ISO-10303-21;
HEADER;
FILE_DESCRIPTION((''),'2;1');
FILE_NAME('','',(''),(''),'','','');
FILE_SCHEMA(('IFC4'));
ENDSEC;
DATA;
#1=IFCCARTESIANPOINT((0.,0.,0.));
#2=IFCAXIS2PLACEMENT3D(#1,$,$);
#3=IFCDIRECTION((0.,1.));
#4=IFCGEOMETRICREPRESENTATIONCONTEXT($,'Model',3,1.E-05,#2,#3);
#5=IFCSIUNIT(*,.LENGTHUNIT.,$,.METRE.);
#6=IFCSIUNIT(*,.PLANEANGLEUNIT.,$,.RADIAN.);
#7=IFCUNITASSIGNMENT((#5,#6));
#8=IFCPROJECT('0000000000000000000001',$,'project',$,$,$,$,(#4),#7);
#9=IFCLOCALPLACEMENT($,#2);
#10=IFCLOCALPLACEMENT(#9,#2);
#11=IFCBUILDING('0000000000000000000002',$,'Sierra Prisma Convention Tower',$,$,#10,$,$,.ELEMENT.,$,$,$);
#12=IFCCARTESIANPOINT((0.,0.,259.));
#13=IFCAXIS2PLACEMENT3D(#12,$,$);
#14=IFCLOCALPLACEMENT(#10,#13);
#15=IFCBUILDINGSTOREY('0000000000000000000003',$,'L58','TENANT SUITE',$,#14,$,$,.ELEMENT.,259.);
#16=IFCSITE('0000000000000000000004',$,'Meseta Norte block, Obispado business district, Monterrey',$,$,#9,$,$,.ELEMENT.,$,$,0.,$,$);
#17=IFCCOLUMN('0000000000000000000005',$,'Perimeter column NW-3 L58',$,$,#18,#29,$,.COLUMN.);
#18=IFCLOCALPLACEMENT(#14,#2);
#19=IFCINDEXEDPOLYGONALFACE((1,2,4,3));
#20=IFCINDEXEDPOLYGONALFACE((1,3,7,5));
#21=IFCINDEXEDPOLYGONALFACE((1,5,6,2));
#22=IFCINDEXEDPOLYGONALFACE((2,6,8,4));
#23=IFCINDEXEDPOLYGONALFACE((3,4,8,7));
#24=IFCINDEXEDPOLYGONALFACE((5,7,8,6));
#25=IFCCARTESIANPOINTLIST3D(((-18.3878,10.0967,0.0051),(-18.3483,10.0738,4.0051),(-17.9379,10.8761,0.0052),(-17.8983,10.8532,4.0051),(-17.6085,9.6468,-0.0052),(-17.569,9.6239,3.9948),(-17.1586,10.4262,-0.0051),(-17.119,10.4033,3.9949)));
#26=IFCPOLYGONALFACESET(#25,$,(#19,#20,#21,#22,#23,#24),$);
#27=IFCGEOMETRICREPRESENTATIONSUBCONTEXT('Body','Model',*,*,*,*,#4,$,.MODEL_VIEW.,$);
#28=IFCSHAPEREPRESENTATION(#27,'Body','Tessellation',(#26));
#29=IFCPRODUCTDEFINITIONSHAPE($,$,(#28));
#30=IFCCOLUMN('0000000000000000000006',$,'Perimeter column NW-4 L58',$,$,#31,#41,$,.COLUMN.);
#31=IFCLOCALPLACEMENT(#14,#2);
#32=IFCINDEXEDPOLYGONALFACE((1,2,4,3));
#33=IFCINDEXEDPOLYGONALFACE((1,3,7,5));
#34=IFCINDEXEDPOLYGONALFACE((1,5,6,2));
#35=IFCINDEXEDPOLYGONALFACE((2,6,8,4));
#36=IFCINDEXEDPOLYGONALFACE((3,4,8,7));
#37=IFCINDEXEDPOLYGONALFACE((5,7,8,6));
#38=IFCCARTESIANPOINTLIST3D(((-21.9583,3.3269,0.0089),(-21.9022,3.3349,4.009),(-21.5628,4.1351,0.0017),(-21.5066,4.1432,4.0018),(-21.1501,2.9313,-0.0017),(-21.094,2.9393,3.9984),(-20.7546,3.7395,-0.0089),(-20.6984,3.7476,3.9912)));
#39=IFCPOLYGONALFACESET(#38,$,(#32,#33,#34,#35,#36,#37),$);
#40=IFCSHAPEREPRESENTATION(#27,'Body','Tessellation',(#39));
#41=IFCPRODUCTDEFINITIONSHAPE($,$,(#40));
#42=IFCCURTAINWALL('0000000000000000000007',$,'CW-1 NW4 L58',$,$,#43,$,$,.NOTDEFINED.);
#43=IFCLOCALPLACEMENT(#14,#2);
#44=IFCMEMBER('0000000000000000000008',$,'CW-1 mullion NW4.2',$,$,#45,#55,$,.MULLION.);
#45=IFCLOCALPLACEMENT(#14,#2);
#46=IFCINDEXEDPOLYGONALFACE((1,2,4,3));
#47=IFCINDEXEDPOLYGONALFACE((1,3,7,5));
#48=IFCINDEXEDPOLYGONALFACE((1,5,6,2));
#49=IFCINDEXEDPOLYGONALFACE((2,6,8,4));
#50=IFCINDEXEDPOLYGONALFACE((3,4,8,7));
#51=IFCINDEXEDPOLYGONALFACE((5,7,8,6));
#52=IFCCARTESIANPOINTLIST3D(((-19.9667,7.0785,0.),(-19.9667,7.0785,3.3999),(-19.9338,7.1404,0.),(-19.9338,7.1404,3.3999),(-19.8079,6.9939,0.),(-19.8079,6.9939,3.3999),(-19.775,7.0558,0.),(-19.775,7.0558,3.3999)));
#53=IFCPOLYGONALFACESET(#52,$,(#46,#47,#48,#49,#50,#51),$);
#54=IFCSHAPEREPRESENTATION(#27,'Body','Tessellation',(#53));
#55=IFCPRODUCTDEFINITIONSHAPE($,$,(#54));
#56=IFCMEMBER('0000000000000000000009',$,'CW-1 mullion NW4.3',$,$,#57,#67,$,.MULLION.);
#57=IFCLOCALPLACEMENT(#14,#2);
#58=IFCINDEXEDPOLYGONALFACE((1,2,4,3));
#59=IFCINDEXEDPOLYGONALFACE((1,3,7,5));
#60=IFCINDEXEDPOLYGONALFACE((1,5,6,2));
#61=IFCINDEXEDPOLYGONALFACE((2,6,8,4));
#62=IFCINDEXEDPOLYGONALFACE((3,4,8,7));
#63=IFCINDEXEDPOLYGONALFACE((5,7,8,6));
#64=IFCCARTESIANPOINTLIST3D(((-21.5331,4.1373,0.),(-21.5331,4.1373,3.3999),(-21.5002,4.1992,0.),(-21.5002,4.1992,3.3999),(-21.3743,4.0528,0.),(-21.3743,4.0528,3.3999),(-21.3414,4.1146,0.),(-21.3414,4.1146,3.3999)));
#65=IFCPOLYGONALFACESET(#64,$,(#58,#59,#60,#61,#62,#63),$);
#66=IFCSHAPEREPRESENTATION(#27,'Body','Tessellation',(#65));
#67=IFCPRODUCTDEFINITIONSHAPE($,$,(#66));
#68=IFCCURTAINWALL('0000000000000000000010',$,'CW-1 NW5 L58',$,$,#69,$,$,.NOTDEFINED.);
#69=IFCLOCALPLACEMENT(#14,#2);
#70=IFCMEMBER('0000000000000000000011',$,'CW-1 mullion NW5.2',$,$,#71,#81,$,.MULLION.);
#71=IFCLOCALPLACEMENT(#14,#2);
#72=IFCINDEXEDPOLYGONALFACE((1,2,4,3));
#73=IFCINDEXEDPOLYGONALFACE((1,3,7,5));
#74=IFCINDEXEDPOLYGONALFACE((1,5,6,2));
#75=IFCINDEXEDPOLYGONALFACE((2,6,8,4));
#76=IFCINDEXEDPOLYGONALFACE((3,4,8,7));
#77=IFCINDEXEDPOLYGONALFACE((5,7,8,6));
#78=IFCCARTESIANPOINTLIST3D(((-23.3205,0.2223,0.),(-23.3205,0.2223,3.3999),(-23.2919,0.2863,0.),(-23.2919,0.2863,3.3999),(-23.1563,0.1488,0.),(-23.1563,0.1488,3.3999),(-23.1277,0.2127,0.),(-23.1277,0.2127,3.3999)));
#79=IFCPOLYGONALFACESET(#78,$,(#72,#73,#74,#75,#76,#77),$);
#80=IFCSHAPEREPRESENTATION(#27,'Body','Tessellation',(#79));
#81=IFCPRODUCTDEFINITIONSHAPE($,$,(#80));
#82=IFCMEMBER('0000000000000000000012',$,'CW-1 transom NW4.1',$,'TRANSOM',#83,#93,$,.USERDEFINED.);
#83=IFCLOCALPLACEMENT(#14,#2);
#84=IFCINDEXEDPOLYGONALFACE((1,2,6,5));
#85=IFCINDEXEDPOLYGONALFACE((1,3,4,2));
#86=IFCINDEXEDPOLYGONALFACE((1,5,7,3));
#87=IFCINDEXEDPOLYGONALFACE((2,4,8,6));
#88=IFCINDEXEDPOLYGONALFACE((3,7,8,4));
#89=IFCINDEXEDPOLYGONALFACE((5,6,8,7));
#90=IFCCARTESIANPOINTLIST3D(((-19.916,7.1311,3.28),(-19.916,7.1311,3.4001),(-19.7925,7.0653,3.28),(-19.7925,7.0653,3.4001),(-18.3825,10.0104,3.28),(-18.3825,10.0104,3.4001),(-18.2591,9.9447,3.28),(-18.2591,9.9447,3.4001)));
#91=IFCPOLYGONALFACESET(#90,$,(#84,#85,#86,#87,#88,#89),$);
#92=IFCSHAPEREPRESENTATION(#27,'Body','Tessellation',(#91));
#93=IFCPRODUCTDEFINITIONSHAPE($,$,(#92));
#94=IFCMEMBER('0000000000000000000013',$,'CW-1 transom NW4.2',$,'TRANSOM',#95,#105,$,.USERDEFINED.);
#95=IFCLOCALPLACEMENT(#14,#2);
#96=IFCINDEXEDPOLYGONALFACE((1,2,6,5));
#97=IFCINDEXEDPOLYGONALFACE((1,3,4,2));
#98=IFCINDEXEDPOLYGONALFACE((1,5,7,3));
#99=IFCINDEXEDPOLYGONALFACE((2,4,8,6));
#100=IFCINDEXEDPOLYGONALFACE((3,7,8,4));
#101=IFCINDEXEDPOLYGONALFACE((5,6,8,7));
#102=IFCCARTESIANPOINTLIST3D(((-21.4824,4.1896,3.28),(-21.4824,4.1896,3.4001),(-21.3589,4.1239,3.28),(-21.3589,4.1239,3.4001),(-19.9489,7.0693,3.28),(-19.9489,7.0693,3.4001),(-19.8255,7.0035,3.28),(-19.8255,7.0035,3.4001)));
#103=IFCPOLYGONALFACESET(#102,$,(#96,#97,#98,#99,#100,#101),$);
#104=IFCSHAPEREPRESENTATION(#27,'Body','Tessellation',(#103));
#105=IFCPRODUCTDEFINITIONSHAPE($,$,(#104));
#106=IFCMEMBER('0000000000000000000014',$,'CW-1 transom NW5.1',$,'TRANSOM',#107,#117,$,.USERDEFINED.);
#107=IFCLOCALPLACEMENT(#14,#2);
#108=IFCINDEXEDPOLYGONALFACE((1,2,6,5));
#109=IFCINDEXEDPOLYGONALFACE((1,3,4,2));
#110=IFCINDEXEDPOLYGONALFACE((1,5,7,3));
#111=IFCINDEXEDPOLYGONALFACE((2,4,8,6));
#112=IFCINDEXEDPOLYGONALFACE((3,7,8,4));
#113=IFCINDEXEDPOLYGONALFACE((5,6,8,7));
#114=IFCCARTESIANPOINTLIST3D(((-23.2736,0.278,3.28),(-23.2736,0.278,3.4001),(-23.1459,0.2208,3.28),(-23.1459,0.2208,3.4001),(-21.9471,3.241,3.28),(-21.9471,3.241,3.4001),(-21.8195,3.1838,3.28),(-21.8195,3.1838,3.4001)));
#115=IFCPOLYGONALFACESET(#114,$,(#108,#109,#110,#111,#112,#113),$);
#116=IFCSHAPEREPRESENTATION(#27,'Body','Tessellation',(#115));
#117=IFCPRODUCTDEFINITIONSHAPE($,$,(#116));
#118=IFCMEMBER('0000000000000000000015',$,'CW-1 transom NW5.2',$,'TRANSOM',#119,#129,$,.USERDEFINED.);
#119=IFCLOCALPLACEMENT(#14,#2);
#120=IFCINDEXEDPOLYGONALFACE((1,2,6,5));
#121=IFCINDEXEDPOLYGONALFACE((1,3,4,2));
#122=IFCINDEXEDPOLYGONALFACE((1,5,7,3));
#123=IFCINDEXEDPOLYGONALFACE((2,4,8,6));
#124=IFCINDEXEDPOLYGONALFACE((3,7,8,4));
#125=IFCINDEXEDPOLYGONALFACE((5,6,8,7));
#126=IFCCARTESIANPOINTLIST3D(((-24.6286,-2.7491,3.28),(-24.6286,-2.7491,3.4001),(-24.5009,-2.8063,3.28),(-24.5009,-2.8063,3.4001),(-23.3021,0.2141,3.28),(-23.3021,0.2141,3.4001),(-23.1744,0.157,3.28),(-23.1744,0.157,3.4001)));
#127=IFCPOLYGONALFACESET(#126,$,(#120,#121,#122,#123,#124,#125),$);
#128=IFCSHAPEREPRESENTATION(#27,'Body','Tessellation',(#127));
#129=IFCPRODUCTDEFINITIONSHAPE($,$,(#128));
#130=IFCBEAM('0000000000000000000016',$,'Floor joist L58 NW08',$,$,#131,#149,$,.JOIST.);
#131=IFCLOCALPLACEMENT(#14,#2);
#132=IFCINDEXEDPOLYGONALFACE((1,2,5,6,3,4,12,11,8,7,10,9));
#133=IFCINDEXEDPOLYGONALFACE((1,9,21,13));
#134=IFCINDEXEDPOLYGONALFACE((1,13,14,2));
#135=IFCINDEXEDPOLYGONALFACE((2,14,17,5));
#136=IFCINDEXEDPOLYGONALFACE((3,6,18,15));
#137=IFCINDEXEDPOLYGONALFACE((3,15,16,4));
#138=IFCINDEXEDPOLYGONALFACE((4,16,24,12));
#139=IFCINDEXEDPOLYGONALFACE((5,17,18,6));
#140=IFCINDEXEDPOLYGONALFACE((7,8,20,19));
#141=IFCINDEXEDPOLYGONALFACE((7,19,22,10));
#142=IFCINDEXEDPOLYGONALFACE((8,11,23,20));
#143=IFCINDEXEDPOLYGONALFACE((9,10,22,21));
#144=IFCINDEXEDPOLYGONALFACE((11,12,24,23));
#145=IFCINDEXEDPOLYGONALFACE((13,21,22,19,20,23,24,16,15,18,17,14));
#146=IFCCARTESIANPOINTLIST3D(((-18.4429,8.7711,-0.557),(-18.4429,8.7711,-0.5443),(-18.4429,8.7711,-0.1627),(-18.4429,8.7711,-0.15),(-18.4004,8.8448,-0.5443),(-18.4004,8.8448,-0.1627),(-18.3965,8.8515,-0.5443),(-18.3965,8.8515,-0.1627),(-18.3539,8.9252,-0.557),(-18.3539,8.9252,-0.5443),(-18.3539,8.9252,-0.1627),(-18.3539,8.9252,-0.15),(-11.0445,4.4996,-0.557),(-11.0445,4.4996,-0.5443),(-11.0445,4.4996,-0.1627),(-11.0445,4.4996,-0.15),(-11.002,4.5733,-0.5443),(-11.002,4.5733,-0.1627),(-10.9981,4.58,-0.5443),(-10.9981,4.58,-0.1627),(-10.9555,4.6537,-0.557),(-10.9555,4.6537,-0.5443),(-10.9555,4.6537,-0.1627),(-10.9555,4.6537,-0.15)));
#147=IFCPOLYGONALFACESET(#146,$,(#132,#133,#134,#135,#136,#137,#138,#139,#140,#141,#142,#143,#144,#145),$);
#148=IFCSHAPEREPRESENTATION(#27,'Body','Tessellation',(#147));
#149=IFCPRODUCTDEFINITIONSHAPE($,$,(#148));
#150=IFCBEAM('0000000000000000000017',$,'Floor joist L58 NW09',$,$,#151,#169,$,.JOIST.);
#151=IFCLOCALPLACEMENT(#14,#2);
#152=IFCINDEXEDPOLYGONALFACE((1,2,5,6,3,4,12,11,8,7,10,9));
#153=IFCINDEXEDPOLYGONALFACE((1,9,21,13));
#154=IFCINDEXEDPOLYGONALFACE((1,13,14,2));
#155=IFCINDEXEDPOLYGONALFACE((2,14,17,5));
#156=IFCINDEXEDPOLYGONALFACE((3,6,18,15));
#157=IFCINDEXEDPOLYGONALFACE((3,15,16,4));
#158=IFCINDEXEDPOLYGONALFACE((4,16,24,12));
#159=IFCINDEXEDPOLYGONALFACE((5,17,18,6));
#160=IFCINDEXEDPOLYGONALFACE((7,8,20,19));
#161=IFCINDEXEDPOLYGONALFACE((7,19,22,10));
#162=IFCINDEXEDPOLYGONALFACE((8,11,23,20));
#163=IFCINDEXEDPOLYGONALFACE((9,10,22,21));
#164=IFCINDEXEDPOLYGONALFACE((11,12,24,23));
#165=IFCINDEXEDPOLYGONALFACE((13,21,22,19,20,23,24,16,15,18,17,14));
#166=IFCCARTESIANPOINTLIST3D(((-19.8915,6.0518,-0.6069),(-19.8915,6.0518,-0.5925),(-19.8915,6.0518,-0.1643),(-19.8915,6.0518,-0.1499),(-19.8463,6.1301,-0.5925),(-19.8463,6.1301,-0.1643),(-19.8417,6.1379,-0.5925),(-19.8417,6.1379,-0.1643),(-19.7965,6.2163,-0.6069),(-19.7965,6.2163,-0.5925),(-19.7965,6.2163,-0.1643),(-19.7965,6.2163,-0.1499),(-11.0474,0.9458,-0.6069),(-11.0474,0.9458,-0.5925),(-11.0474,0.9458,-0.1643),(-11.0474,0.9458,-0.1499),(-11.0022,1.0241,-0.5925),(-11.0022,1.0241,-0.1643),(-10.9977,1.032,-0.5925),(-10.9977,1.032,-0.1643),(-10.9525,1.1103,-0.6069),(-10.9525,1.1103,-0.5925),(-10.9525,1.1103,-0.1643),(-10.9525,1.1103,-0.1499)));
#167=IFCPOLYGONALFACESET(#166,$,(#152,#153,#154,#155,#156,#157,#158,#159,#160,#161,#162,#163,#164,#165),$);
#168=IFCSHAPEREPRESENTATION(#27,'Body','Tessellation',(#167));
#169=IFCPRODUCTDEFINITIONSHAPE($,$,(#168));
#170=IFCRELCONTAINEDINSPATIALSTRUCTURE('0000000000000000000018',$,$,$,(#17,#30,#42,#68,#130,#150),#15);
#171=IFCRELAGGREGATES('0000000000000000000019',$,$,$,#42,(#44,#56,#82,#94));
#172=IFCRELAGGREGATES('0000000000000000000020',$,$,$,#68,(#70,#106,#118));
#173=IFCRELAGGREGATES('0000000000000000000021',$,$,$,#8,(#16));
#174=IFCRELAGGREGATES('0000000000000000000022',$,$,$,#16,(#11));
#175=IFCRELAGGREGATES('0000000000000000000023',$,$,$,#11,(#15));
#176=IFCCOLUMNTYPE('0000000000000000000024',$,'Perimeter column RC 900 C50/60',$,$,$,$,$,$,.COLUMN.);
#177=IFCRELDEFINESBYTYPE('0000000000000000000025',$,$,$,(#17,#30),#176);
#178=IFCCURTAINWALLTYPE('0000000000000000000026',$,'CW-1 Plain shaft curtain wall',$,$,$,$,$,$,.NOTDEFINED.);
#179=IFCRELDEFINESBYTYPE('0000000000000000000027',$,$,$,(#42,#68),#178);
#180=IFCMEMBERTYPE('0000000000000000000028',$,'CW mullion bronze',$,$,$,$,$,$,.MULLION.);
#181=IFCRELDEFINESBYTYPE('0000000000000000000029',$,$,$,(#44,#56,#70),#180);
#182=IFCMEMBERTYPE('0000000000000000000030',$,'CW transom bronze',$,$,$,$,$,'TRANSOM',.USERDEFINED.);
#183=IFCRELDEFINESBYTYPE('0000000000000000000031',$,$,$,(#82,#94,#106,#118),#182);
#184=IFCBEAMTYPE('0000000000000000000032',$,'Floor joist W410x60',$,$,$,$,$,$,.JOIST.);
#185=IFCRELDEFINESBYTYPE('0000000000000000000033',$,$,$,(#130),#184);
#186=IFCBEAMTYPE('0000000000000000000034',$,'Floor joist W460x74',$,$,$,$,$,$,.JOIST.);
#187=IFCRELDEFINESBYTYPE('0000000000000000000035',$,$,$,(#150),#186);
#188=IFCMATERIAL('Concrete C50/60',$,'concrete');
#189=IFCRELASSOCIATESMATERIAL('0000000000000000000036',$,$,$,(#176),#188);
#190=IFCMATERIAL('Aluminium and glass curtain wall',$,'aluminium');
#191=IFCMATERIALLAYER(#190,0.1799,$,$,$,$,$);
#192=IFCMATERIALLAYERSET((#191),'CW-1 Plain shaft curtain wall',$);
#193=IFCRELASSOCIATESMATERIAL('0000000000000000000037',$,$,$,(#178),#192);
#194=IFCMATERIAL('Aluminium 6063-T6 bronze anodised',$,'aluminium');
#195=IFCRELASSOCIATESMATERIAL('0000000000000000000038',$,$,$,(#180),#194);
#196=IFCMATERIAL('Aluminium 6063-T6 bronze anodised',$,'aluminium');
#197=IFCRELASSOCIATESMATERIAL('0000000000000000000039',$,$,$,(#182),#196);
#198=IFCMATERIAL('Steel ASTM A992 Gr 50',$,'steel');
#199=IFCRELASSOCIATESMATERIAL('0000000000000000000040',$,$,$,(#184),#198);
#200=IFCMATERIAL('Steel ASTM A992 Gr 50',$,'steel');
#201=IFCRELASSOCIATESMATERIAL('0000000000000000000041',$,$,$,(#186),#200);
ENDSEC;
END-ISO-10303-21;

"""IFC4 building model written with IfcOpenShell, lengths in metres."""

from ifc_helpers import new_model, si_unit, direction, frame, origin, origin_2d, place, context, subcontext, project, spatial, rectangle, i_section, extrude, material, layer, layer_set, material_profile, profile_set, type_object, element, aggregate, save


model = new_model("IFC4")

# Units and contexts
model_context = context("Model", 3, precision=1e-05, world=origin(), true_north=direction((0.0, 1.0)))
body_context = subcontext(model_context, "Body", "Model", "MODEL_VIEW")
ifc_project = project(units=[si_unit("LENGTHUNIT", "METRE"), si_unit("PLANEANGLEUNIT", "RADIAN")], contexts=[model_context])

# Site, building, storey
site_placement = place(None, origin())
site = spatial("IfcSite", under=ifc_project, at=site_placement, Name="Meseta Norte block, Obispado business district, Monterrey", CompositionType="ELEMENT", RefElevation=0.0)
building_placement = place(site_placement, origin())
building = spatial("IfcBuilding", under=site, at=building_placement, Name="Sierra Prisma Convention Tower", CompositionType="ELEMENT")
storey_placement = place(building_placement, frame((0.0, 0.0, 259.0)))
storey = spatial("IfcBuildingStorey", under=building, at=storey_placement, Name="L58", Description="TENANT SUITE", CompositionType="ELEMENT", Elevation=259.0)

# Columns
ifc_material_1 = material(Name="Concrete C50/60", Category="concrete")
ifc_material_profile_1 = material_profile(ifc_material_1, rectangle(XDim=0.8999, YDim=0.8999, at=origin_2d()), Name="Perimeter column RC 900 C50/60")
ifc_profile_set_1 = profile_set([ifc_material_profile_1], Name="Concrete C50/60")
column_type = type_object("IfcColumnType", Name="Perimeter column RC 900 C50/60", PredefinedType="COLUMN", material=ifc_profile_set_1)
column_1_placement = place(storey_placement, frame((-17.7732, 10.2615, 0.0), z_axis=(0.009887, -0.005737, 0.999935), x_axis=(0.499976, 0.86604, 0.000025)))
element("IfcColumn", 1, at=column_1_placement, inside=storey, type_object=column_type, Name="Perimeter column NW-3 L58", PredefinedType="COLUMN", context=body_context, shape_type="SweptSolid", body=[
    extrude(rectangle(XDim=0.8999, YDim=0.8999, at=origin_2d()), origin(), (0.0, 0.0, 1.0), 4.0002),
])
column_2_placement = place(storey_placement, frame((-21.3564, 3.5332, 0.0), z_axis=(0.014037, 0.002014, 0.999899), x_axis=(0.439532, 0.898191, -0.007979)))
element("IfcColumn", 2, at=column_2_placement, inside=storey, type_object=column_type, Name="Perimeter column NW-4 L58", PredefinedType="COLUMN", context=body_context, shape_type="SweptSolid", body=[
    extrude(rectangle(XDim=0.8999, YDim=0.8999, at=origin_2d()), origin(), (0.0, 0.0, 1.0), 4.0005),
])

# Curtain wall, members
ifc_material_2 = material(Name="Aluminium and glass curtain wall", Category="aluminium")
ifc_layer_1 = layer(ifc_material_2, 0.1799)
ifc_layer_set_1 = layer_set([ifc_layer_1], Name="CW-1 Plain shaft curtain wall")
curtain_wall_type = type_object("IfcCurtainWallType", Name="CW-1 Plain shaft curtain wall", PredefinedType="NOTDEFINED", material=ifc_layer_set_1)
curtain_wall_1_placement = place(storey_placement, origin())
curtain_wall_1 = element("IfcCurtainWall", 3, at=curtain_wall_1_placement, inside=storey, type_object=curtain_wall_type, Name="CW-1 NW4 L58", PredefinedType="NOTDEFINED")
ifc_material_3 = material(Name="Aluminium 6063-T6 bronze anodised", Category="aluminium")
ifc_material_profile_2 = material_profile(ifc_material_3, rectangle(XDim=0.1799, YDim=0.0701, at=origin_2d()), Name="ALU MULLION 70x180")
ifc_profile_set_2 = profile_set([ifc_material_profile_2], Name="Aluminium 6063-T6 bronze anodised")
member_type_1 = type_object("IfcMemberType", Name="CW mullion bronze", PredefinedType="MULLION", material=ifc_profile_set_2)
member_1_placement = place(storey_placement, frame((-19.8708, 7.0671, 0.0), z_axis=(0.0, 0.0, 1.0), x_axis=(0.882633, -0.470063, 0.0)))
member_1 = element("IfcMember", 4, at=member_1_placement, type_object=member_type_1, Name="CW-1 mullion NW4.2", PredefinedType="MULLION", context=body_context, shape_type="SweptSolid", body=[
    extrude(rectangle(XDim=0.1799, YDim=0.0701, at=origin_2d()), origin(), (0.0, 0.0, 1.0), 3.3999),
])
member_2_placement = place(storey_placement, frame((-21.4373, 4.126, 0.0), z_axis=(0.0, 0.0, 1.0), x_axis=(0.882633, -0.470063, 0.0)))
member_2 = element("IfcMember", 5, at=member_2_placement, type_object=member_type_1, Name="CW-1 mullion NW4.3", PredefinedType="MULLION", context=body_context, shape_type="SweptSolid", body=[
    extrude(rectangle(XDim=0.1799, YDim=0.0701, at=origin_2d()), origin(), (0.0, 0.0, 1.0), 3.3999),
])

# Curtain wall, member
curtain_wall_2_placement = place(storey_placement, origin())
curtain_wall_2 = element("IfcCurtainWall", 6, at=curtain_wall_2_placement, inside=storey, type_object=curtain_wall_type, Name="CW-1 NW5 L58", PredefinedType="NOTDEFINED")
member_3_placement = place(storey_placement, frame((-23.2241, 0.2175, 0.0), z_axis=(0.0, 0.0, 1.0), x_axis=(0.912726, -0.408572, 0.0)))
member_3 = element("IfcMember", 7, at=member_3_placement, type_object=member_type_1, Name="CW-1 mullion NW5.2", PredefinedType="MULLION", context=body_context, shape_type="SweptSolid", body=[
    extrude(rectangle(XDim=0.1799, YDim=0.0701, at=origin_2d()), origin(), (0.0, 0.0, 1.0), 3.3999),
])

# Members
ifc_material_4 = material(Name="Aluminium 6063-T6 bronze anodised", Category="aluminium")
ifc_material_profile_3 = material_profile(ifc_material_4, rectangle(XDim=0.1399, YDim=0.1201, at=origin_2d()), Name="ALU TRANSOM 120x140")
ifc_profile_set_3 = profile_set([ifc_material_profile_3], Name="Aluminium 6063-T6 bronze anodised")
member_type_2 = type_object("IfcMemberType", Name="CW transom bronze", ElementType="TRANSOM", PredefinedType="USERDEFINED", material=ifc_profile_set_3)
member_4_placement = place(storey_placement, frame((-18.3208, 9.9775, 3.3401), z_axis=(-0.470056, -0.882637, 0.0), x_axis=(0.882637, -0.470056, 0.0)))
member_4 = element("IfcMember", 8, at=member_4_placement, type_object=member_type_2, Name="CW-1 transom NW4.1", ObjectType="TRANSOM", PredefinedType="USERDEFINED", context=body_context, shape_type="SweptSolid", body=[
    extrude(rectangle(XDim=0.1399, YDim=0.1201, at=origin_2d()), origin(), (0.0, 0.0, 1.0), 3.2622),
])
member_5_placement = place(storey_placement, frame((-19.8872, 7.0364, 3.3401), z_axis=(-0.470025, -0.882653, 0.0), x_axis=(0.882653, -0.470025, 0.0)))
member_5 = element("IfcMember", 9, at=member_5_placement, type_object=member_type_2, Name="CW-1 transom NW4.2", ObjectType="TRANSOM", PredefinedType="USERDEFINED", context=body_context, shape_type="SweptSolid", body=[
    extrude(rectangle(XDim=0.1399, YDim=0.1201, at=origin_2d()), origin(), (0.0, 0.0, 1.0), 3.2625),
])
member_6_placement = place(storey_placement, frame((-21.8833, 3.2124, 3.3401), z_axis=(-0.4086, -0.912713, 0.0), x_axis=(0.912713, -0.4086, 0.0)))
member_6 = element("IfcMember", 10, at=member_6_placement, type_object=member_type_2, Name="CW-1 transom NW5.1", ObjectType="TRANSOM", PredefinedType="USERDEFINED", context=body_context, shape_type="SweptSolid", body=[
    extrude(rectangle(XDim=0.1399, YDim=0.1201, at=origin_2d()), origin(), (0.0, 0.0, 1.0), 3.2463),
])
member_7_placement = place(storey_placement, frame((-23.2383, 0.1855, 3.3401), z_axis=(-0.408572, -0.912726, 0.0), x_axis=(0.912726, -0.408572, 0.0)))
member_7 = element("IfcMember", 11, at=member_7_placement, type_object=member_type_2, Name="CW-1 transom NW5.2", ObjectType="TRANSOM", PredefinedType="USERDEFINED", context=body_context, shape_type="SweptSolid", body=[
    extrude(rectangle(XDim=0.1399, YDim=0.1201, at=origin_2d()), origin(), (0.0, 0.0, 1.0), 3.2466),
])

# Beams
ifc_material_5 = material(Name="Steel ASTM A992 Gr 50", Category="steel")
ifc_material_profile_4 = material_profile(ifc_material_5, i_section(OverallWidth=0.178, OverallDepth=0.407, WebThickness=0.0078, FlangeThickness=0.0127, at=origin_2d()), Name="W410x60")
ifc_profile_set_4 = profile_set([ifc_material_profile_4], Name="Steel ASTM A992 Gr 50")
beam_type_1 = type_object("IfcBeamType", Name="Floor joist W410x60", PredefinedType="JOIST", material=ifc_profile_set_4)
beam_1_placement = place(storey_placement, frame((-18.3984, 8.8481, -0.3535), z_axis=(0.866026, -0.5, 0.0), x_axis=(0.5, 0.866026, 0.0)))
element("IfcBeam", 12, at=beam_1_placement, inside=storey, type_object=beam_type_1, Name="Floor joist L58 NW08", PredefinedType="JOIST", context=body_context, shape_type="SweptSolid", body=[
    extrude(i_section(OverallWidth=0.178, OverallDepth=0.407, WebThickness=0.0078, FlangeThickness=0.0127, at=origin_2d()), origin(), (0.0, 0.0, 1.0), 8.543),
])
ifc_material_6 = material(Name="Steel ASTM A992 Gr 50", Category="steel")
ifc_material_profile_5 = material_profile(ifc_material_6, i_section(OverallWidth=0.1899, OverallDepth=0.457, WebThickness=0.009, FlangeThickness=0.0144, at=origin_2d()), Name="W460x74")
ifc_profile_set_5 = profile_set([ifc_material_profile_5], Name="Steel ASTM A992 Gr 50")
beam_type_2 = type_object("IfcBeamType", Name="Floor joist W460x74", PredefinedType="JOIST", material=ifc_profile_set_5)
beam_2_placement = place(storey_placement, frame((-19.844, 6.134, -0.3784), z_axis=(0.866031, -0.499991, 0.0), x_axis=(0.499991, 0.866031, 0.0)))
element("IfcBeam", 13, at=beam_2_placement, inside=storey, type_object=beam_type_2, Name="Floor joist L58 NW09", PredefinedType="JOIST", context=body_context, shape_type="SweptSolid", body=[
    extrude(i_section(OverallWidth=0.1899, OverallDepth=0.457, WebThickness=0.009, FlangeThickness=0.0144, at=origin_2d()), origin(), (0.0, 0.0, 1.0), 10.2122),
])

aggregate(curtain_wall_1, [member_1, member_2, member_4, member_5])
aggregate(curtain_wall_2, [member_3, member_6, member_7])

save(model, "model.ifc")
